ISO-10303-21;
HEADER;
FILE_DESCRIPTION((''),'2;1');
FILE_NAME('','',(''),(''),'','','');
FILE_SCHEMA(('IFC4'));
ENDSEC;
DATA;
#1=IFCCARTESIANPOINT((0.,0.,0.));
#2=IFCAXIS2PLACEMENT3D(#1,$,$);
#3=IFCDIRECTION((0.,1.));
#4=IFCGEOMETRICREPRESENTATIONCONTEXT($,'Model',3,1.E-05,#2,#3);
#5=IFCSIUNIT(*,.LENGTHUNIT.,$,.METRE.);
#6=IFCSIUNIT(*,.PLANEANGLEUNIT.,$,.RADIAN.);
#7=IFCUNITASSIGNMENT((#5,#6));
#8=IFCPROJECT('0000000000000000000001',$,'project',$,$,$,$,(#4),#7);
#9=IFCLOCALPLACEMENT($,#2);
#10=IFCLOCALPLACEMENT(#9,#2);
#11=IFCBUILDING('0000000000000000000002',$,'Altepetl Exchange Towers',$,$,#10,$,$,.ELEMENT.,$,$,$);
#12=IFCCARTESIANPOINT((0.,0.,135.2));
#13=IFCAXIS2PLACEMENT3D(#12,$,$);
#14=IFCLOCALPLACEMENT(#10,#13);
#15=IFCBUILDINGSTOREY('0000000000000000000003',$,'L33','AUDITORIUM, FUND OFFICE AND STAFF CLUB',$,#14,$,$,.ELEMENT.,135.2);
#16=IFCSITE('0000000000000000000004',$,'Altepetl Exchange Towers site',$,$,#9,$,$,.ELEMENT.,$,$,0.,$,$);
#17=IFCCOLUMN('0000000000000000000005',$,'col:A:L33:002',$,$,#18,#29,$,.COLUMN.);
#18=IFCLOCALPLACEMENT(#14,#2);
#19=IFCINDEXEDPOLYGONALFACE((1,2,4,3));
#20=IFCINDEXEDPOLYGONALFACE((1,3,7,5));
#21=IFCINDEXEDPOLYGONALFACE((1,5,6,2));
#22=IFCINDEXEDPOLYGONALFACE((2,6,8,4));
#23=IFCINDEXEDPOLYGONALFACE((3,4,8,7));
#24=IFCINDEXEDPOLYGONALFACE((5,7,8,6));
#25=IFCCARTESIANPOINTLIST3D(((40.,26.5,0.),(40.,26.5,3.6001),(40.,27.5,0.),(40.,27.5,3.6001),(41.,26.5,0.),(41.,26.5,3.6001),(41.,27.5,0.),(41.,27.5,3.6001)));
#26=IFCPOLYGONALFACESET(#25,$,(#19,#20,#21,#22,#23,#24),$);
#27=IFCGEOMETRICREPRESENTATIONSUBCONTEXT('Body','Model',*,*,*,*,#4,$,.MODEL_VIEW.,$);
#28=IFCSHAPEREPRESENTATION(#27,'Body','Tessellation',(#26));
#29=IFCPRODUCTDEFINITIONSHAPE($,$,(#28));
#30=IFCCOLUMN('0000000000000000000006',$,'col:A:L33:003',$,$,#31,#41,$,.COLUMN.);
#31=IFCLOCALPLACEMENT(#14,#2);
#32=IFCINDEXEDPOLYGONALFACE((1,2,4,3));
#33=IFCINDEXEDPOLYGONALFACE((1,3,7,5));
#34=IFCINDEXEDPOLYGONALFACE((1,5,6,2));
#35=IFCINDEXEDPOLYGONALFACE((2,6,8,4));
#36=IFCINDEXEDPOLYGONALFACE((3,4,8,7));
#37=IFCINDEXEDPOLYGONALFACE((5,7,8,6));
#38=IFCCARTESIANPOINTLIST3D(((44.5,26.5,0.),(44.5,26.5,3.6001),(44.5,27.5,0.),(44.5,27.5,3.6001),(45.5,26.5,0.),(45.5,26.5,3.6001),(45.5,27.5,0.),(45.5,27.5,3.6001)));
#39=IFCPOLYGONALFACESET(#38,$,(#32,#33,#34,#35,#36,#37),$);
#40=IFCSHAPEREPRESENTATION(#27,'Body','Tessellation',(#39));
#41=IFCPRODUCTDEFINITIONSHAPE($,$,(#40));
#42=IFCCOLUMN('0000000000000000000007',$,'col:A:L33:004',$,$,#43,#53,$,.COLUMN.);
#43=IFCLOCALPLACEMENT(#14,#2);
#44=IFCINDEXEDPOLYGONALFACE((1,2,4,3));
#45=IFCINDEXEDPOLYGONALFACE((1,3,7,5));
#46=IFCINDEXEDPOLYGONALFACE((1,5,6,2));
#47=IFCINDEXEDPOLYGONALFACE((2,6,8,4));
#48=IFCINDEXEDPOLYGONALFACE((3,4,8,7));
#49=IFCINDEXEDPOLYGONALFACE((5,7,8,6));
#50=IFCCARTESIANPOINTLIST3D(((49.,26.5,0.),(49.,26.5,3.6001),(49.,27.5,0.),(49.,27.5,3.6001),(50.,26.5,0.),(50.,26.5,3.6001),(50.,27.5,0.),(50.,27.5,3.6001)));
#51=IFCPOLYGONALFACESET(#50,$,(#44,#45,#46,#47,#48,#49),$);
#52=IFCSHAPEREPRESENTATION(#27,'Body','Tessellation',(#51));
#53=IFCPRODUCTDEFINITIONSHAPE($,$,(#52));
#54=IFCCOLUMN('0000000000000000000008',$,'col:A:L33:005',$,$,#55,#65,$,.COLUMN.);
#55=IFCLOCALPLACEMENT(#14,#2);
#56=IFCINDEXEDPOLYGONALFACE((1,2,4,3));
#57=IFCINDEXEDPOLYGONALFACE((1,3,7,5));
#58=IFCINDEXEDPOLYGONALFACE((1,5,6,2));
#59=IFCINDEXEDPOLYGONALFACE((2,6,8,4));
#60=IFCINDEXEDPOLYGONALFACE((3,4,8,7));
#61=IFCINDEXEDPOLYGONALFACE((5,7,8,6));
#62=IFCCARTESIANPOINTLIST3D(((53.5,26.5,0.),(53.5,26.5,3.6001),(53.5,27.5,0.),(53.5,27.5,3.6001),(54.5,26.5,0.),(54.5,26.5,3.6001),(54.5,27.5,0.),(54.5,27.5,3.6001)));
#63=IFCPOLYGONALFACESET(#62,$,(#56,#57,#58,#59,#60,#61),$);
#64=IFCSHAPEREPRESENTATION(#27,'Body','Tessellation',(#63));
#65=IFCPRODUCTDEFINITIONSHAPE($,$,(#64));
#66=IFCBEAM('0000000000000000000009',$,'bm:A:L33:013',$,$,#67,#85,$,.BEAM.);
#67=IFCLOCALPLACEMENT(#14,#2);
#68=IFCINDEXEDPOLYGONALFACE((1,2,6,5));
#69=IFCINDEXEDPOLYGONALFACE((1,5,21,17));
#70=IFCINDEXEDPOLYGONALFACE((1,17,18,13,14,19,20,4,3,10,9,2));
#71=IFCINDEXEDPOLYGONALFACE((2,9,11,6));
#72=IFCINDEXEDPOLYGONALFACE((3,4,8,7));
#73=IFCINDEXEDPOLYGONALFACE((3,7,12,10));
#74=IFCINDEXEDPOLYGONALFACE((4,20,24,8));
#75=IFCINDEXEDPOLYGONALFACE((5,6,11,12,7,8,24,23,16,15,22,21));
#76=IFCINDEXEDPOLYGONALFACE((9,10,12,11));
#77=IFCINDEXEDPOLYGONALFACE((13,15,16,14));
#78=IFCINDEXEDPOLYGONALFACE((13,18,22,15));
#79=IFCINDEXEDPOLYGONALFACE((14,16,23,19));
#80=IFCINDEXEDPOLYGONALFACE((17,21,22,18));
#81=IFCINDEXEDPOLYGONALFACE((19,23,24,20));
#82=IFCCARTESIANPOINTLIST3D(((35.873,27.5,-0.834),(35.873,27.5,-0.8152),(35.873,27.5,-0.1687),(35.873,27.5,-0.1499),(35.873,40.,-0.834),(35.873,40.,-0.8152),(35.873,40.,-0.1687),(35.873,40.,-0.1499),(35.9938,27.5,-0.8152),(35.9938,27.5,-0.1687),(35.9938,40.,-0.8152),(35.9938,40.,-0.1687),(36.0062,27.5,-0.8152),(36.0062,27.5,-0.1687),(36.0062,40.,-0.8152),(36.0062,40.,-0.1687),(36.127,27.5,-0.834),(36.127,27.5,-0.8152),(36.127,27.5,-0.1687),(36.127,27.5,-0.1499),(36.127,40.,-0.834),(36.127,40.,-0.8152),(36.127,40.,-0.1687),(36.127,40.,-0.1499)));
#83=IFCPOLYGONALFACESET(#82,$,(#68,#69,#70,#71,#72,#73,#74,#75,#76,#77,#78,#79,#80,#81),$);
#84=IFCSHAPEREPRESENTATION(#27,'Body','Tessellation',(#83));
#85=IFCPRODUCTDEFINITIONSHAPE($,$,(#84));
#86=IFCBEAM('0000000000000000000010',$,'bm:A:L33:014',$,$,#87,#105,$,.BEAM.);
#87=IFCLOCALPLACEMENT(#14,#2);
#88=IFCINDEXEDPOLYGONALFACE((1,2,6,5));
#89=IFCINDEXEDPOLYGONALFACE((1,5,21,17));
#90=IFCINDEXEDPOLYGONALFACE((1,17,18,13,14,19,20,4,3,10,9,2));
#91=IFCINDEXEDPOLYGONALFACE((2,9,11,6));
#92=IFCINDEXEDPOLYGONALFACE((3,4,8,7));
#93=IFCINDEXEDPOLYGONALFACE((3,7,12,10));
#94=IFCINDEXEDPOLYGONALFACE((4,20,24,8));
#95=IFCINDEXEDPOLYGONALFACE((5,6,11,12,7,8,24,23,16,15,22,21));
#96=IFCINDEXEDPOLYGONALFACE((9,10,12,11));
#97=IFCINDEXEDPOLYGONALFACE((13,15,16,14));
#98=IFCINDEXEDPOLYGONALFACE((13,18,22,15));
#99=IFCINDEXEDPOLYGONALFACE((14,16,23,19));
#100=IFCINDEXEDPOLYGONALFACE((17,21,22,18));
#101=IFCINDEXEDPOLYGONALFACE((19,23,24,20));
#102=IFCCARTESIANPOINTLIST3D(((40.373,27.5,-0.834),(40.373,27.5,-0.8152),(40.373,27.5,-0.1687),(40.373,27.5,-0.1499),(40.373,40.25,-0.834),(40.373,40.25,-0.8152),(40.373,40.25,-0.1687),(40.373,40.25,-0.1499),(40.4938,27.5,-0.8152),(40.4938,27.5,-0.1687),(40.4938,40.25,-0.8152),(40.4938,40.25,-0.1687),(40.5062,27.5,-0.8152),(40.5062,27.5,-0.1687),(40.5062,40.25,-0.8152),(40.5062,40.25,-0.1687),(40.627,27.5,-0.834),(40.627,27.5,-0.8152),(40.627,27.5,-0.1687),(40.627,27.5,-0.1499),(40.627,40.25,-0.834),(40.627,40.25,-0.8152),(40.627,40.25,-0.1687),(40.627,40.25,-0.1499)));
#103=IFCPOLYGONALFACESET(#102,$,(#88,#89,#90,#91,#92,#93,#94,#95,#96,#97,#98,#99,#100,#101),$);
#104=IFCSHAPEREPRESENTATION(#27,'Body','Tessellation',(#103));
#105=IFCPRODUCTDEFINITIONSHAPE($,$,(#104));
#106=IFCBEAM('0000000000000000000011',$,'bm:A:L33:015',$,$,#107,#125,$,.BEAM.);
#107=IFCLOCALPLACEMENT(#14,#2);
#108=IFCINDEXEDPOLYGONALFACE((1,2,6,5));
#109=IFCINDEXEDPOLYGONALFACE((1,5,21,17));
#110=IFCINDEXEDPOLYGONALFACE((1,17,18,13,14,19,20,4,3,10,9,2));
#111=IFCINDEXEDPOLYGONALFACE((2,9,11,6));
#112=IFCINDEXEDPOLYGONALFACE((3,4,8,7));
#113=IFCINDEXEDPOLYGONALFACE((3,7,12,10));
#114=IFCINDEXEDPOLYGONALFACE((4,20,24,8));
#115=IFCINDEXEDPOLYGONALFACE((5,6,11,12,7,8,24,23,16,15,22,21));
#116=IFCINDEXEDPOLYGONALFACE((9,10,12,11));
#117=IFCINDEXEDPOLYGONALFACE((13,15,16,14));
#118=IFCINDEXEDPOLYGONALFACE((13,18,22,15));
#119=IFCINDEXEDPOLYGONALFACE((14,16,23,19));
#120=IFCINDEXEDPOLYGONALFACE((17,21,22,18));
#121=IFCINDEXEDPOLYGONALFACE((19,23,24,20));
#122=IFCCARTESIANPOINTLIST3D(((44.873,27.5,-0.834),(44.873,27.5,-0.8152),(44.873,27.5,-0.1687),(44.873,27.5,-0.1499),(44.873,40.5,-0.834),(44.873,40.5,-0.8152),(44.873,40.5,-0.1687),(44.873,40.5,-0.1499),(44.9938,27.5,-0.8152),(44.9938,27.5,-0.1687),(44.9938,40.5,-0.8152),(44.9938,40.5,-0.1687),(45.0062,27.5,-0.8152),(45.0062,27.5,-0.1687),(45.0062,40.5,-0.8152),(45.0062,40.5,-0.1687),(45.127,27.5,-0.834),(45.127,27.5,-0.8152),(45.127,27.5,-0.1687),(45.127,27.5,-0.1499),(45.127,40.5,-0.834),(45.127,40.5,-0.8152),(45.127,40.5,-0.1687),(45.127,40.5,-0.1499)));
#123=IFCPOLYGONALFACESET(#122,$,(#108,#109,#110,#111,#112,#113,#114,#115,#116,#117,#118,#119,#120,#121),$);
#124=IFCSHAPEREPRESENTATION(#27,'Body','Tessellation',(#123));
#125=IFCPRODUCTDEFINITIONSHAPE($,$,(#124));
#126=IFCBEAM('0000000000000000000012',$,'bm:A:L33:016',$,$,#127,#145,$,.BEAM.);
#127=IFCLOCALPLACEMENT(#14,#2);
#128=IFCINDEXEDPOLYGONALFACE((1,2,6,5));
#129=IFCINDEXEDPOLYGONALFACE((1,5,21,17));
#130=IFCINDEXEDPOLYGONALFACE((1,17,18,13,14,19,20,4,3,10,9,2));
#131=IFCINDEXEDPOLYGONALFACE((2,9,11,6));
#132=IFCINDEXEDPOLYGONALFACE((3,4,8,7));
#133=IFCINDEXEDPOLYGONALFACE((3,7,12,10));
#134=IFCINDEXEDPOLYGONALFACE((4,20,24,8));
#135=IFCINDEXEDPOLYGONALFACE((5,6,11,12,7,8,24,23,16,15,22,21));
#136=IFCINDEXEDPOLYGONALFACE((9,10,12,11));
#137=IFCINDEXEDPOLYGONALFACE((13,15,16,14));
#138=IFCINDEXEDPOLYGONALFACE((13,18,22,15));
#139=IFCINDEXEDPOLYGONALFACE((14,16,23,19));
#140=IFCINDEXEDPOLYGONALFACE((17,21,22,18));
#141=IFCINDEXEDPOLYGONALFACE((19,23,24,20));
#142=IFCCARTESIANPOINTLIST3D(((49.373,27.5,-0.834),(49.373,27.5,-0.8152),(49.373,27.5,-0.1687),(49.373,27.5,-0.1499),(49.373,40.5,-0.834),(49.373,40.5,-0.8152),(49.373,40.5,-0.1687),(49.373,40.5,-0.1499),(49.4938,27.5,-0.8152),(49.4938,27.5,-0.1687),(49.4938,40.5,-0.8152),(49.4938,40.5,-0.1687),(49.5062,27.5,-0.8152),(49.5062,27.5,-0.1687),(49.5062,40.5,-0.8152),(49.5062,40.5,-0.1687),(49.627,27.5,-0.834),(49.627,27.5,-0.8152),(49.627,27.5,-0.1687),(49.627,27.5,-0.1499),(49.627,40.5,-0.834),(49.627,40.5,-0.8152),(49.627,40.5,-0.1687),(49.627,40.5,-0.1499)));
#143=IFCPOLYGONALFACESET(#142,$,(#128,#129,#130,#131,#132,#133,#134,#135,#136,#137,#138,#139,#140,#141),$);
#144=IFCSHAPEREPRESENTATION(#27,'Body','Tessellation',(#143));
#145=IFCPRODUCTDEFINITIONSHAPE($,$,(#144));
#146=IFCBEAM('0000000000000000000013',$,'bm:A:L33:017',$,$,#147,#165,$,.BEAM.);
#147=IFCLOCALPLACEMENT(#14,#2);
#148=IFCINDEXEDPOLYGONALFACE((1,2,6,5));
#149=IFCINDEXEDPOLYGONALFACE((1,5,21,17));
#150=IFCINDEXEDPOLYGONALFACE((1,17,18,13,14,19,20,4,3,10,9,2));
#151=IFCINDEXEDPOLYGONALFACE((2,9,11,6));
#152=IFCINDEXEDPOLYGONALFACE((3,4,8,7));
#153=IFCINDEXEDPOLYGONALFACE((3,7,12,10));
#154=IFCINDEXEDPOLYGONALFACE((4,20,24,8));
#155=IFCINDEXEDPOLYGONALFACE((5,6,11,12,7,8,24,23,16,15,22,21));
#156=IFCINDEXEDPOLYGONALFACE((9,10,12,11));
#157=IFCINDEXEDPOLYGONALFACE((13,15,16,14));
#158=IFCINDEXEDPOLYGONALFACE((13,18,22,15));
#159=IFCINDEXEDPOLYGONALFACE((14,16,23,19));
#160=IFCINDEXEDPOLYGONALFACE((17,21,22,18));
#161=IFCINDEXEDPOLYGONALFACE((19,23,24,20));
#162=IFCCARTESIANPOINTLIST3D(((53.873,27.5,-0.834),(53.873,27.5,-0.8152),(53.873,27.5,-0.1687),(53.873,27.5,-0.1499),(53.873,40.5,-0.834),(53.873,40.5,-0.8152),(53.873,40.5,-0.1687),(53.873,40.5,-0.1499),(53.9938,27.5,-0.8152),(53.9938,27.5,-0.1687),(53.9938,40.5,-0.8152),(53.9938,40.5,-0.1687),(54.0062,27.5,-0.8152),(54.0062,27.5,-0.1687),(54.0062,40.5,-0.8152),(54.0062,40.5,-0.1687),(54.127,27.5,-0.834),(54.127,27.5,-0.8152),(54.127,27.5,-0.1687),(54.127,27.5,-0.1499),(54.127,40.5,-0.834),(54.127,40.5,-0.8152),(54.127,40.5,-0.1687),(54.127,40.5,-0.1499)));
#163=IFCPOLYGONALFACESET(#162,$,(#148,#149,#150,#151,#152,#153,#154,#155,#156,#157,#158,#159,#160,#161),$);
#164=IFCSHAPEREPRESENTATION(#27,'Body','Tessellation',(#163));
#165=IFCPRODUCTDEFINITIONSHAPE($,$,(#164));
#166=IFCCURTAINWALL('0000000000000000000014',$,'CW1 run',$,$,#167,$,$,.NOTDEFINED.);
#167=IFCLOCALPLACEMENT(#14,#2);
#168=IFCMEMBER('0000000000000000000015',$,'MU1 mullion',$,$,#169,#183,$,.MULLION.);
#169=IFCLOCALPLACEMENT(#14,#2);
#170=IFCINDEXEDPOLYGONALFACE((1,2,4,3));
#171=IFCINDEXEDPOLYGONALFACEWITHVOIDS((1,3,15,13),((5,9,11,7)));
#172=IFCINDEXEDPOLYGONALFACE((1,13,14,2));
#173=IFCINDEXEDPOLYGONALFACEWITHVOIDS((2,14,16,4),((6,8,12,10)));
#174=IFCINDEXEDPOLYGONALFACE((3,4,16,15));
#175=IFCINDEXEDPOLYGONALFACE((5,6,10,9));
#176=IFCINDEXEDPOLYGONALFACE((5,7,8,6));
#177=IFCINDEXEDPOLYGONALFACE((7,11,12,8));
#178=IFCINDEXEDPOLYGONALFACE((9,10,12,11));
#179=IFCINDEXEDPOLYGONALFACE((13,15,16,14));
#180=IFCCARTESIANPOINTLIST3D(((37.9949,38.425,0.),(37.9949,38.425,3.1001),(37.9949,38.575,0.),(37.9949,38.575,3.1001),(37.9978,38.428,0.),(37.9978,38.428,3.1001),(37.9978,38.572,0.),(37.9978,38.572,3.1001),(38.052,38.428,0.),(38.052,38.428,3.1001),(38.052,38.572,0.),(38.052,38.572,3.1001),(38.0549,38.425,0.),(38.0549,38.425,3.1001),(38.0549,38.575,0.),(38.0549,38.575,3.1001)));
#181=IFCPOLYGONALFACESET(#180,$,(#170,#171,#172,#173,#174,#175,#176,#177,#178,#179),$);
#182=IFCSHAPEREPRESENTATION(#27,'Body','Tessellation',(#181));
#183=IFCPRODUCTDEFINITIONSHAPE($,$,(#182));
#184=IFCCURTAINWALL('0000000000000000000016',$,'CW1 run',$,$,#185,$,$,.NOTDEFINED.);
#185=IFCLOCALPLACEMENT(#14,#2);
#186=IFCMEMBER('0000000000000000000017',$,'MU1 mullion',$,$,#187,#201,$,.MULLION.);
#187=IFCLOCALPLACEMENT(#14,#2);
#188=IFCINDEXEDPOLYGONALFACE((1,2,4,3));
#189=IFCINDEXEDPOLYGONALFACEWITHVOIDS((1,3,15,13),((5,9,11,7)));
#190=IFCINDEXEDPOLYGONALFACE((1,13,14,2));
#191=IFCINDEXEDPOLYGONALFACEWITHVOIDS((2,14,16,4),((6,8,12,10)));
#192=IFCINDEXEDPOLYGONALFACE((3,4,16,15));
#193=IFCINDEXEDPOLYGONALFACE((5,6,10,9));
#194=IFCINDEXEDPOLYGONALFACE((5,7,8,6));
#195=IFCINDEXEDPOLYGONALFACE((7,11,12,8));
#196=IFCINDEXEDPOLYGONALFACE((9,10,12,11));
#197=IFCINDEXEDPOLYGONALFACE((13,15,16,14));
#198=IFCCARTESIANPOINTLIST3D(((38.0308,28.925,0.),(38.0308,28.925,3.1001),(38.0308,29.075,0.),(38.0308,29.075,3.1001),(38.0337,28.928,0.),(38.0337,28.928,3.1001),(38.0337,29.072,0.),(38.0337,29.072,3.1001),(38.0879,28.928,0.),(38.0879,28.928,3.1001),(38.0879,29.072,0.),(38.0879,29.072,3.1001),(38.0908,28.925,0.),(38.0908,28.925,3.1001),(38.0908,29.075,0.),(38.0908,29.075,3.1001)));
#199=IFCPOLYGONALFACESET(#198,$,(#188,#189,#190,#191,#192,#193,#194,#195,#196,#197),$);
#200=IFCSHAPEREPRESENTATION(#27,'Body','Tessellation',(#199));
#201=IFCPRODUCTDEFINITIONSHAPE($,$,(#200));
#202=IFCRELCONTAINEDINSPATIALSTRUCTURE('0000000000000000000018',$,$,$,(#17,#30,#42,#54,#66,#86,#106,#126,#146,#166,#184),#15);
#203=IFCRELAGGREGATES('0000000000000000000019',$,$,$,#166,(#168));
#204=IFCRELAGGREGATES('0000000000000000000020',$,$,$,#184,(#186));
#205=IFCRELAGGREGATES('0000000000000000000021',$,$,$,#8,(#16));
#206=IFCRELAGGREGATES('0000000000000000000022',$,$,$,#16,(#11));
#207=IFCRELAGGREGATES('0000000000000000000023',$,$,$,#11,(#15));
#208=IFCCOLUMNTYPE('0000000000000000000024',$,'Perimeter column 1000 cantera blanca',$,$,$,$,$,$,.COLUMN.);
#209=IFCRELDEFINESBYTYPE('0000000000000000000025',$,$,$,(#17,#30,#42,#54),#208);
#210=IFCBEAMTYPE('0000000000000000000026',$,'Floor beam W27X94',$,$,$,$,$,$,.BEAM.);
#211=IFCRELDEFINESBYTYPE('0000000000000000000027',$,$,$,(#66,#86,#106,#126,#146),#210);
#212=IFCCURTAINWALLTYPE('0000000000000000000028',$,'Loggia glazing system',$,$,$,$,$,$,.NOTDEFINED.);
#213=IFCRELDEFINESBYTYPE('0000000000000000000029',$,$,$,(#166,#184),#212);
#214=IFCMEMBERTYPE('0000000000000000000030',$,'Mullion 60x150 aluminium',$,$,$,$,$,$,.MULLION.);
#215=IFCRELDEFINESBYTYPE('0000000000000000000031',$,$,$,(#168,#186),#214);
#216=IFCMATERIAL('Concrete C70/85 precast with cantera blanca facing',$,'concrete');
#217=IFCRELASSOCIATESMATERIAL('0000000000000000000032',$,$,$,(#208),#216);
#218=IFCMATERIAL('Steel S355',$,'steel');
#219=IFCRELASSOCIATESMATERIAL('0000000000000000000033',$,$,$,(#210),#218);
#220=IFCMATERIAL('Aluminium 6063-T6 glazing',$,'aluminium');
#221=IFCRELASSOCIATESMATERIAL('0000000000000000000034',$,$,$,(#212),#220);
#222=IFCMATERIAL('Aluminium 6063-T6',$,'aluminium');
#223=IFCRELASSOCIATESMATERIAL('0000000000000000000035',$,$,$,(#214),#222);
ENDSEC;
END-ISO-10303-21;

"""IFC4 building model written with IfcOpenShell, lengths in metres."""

from ifc_helpers import new_model, si_unit, direction, frame, origin, origin_2d, place, context, subcontext, project, spatial, rectangle, hollow_rectangle, i_section, extrude, material, material_profile, profile_set, type_object, element, aggregate, save


model = new_model("IFC4")

# Units and contexts
model_context = context("Model", 3, precision=1e-05, world=origin(), true_north=direction((0.0, 1.0)))
body_context = subcontext(model_context, "Body", "Model", "MODEL_VIEW")
ifc_project = project(units=[si_unit("LENGTHUNIT", "METRE"), si_unit("PLANEANGLEUNIT", "RADIAN")], contexts=[model_context])

# Site, building, storey
site_placement = place(None, origin())
site = spatial("IfcSite", under=ifc_project, at=site_placement, Name="Altepetl Exchange Towers site", CompositionType="ELEMENT", RefElevation=0.0)
building_placement = place(site_placement, origin())
building = spatial("IfcBuilding", under=site, at=building_placement, Name="Altepetl Exchange Towers", CompositionType="ELEMENT")
storey_placement = place(building_placement, frame((0.0, 0.0, 135.2)))
storey = spatial("IfcBuildingStorey", under=building, at=storey_placement, Name="L33", Description="AUDITORIUM, FUND OFFICE AND STAFF CLUB", CompositionType="ELEMENT", Elevation=135.2)

# Columns
ifc_material_1 = material(Name="Concrete C70/85 precast with cantera blanca facing", Category="concrete")
ifc_material_profile_1 = material_profile(ifc_material_1, rectangle(XDim=1.0, YDim=1.0, at=origin_2d()), Name="1000 x 1000")
ifc_profile_set_1 = profile_set([ifc_material_profile_1], Name="Concrete C70/85 precast with cantera blanca facing")
column_type = type_object("IfcColumnType", Name="Perimeter column 1000 cantera blanca", PredefinedType="COLUMN", material=ifc_profile_set_1)
for number, where, name in (
    (1, (40.5, 27.0, 0.0), "col:A:L33:002"),
    (2, (45.0, 27.0, 0.0), "col:A:L33:003"),
    (3, (49.5, 27.0, 0.0), "col:A:L33:004"),
    (4, (54.0, 27.0, 0.0), "col:A:L33:005"),
):
    element("IfcColumn", number, at=place(storey_placement, frame(where)), inside=storey, type_object=column_type, Name=name, PredefinedType="COLUMN", context=body_context, shape_type="SweptSolid", body=[
        extrude(rectangle(XDim=1.0, YDim=1.0, at=origin_2d()), origin(), (0.0, 0.0, 1.0), 3.6001),
    ])

# Beams
ifc_material_2 = material(Name="Steel S355", Category="steel")
ifc_material_profile_2 = material_profile(ifc_material_2, i_section(OverallWidth=0.2539, OverallDepth=0.6841, WebThickness=0.0125, FlangeThickness=0.0188, at=origin_2d()), Name="W27X94")
ifc_profile_set_2 = profile_set([ifc_material_profile_2], Name="Steel S355")
beam_type_1 = type_object("IfcBeamType", Name="Floor beam W27X94", PredefinedType="BEAM", material=ifc_profile_set_2)
beam_1_placement = place(storey_placement, frame((36.0, 27.5, -0.4919), z_axis=(0.0, 1.0, 0.0), x_axis=(-1.0, 0.0, 0.0)))
element("IfcBeam", 5, at=beam_1_placement, inside=storey, type_object=beam_type_1, Name="bm:A:L33:013", PredefinedType="BEAM", context=body_context, shape_type="SweptSolid", body=[
    extrude(i_section(OverallWidth=0.2539, OverallDepth=0.6841, WebThickness=0.0125, FlangeThickness=0.0188, at=origin_2d()), origin(), (0.0, 0.0, 1.0), 12.5),
])
beam_2_placement = place(storey_placement, frame((40.5, 27.5, -0.4919), z_axis=(0.0, 1.0, 0.0), x_axis=(-1.0, 0.0, 0.0)))
element("IfcBeam", 6, at=beam_2_placement, inside=storey, type_object=beam_type_1, Name="bm:A:L33:014", PredefinedType="BEAM", context=body_context, shape_type="SweptSolid", body=[
    extrude(i_section(OverallWidth=0.2539, OverallDepth=0.6841, WebThickness=0.0125, FlangeThickness=0.0188, at=origin_2d()), origin(), (0.0, 0.0, 1.0), 12.75),
])
for number, where, z_axis, x_axis, name in (
    (7, (45.0, 27.5, -0.4919), (0.0, 1.0, 0.0), (-1.0, 0.0, 0.0), "bm:A:L33:015"),
    (8, (49.5, 27.5, -0.4919), (0.0, 1.0, 0.0), (-1.0, 0.0, 0.0), "bm:A:L33:016"),
    (9, (54.0, 27.5, -0.4919), (0.0, 1.0, 0.0), (-1.0, 0.0, 0.0), "bm:A:L33:017"),
):
    element("IfcBeam", number, at=place(storey_placement, frame(where, z_axis=z_axis, x_axis=x_axis)), inside=storey, type_object=beam_type_1, Name=name, PredefinedType="BEAM", context=body_context, shape_type="SweptSolid", body=[
        extrude(i_section(OverallWidth=0.2539, OverallDepth=0.6841, WebThickness=0.0125, FlangeThickness=0.0188, at=origin_2d()), origin(), (0.0, 0.0, 1.0), 13.0),
    ])

# Curtain wall, member
ifc_material_3 = material(Name="Aluminium 6063-T6 glazing", Category="aluminium")
curtain_wall_type = type_object("IfcCurtainWallType", Name="Loggia glazing system", PredefinedType="NOTDEFINED", material=ifc_material_3)
curtain_wall_1_placement = place(storey_placement, origin())
curtain_wall_1 = element("IfcCurtainWall", 10, at=curtain_wall_1_placement, inside=storey, type_object=curtain_wall_type, Name="CW1 run", PredefinedType="NOTDEFINED")
ifc_material_4 = material(Name="Aluminium 6063-T6", Category="aluminium")
ifc_material_profile_3 = material_profile(ifc_material_4, hollow_rectangle(XDim=0.0601, YDim=0.1499, WallThickness=0.0029, at=origin_2d()), Name="Mullion 60x150 aluminium")
ifc_profile_set_3 = profile_set([ifc_material_profile_3], Name="Aluminium 6063-T6")
member_type = type_object("IfcMemberType", Name="Mullion 60x150 aluminium", PredefinedType="MULLION", material=ifc_profile_set_3)
member_1_placement = place(storey_placement, frame((38.0249, 38.5, 0.0), z_axis=(0.0, 0.0, 1.0), x_axis=(-1.0, 0.0, 0.0)))
member_1 = element("IfcMember", 11, at=member_1_placement, type_object=member_type, Name="MU1 mullion", PredefinedType="MULLION", context=body_context, shape_type="SweptSolid", body=[
    extrude(hollow_rectangle(XDim=0.0601, YDim=0.1499, WallThickness=0.0029, at=origin_2d()), origin(), (0.0, 0.0, 1.0), 3.1001),
])
aggregate(curtain_wall_1, [member_1])

# Curtain wall, member
curtain_wall_2_placement = place(storey_placement, origin())
curtain_wall_2 = element("IfcCurtainWall", 12, at=curtain_wall_2_placement, inside=storey, type_object=curtain_wall_type, Name="CW1 run", PredefinedType="NOTDEFINED")
member_2_placement = place(storey_placement, frame((38.0608, 29.0, 0.0)))
member_2 = element("IfcMember", 13, at=member_2_placement, type_object=member_type, Name="MU1 mullion", PredefinedType="MULLION", context=body_context, shape_type="SweptSolid", body=[
    extrude(hollow_rectangle(XDim=0.0601, YDim=0.1499, WallThickness=0.0029, at=origin_2d()), origin(), (0.0, 0.0, 1.0), 3.1001),
])

aggregate(curtain_wall_2, [member_2])

save(model, "model.ifc")
